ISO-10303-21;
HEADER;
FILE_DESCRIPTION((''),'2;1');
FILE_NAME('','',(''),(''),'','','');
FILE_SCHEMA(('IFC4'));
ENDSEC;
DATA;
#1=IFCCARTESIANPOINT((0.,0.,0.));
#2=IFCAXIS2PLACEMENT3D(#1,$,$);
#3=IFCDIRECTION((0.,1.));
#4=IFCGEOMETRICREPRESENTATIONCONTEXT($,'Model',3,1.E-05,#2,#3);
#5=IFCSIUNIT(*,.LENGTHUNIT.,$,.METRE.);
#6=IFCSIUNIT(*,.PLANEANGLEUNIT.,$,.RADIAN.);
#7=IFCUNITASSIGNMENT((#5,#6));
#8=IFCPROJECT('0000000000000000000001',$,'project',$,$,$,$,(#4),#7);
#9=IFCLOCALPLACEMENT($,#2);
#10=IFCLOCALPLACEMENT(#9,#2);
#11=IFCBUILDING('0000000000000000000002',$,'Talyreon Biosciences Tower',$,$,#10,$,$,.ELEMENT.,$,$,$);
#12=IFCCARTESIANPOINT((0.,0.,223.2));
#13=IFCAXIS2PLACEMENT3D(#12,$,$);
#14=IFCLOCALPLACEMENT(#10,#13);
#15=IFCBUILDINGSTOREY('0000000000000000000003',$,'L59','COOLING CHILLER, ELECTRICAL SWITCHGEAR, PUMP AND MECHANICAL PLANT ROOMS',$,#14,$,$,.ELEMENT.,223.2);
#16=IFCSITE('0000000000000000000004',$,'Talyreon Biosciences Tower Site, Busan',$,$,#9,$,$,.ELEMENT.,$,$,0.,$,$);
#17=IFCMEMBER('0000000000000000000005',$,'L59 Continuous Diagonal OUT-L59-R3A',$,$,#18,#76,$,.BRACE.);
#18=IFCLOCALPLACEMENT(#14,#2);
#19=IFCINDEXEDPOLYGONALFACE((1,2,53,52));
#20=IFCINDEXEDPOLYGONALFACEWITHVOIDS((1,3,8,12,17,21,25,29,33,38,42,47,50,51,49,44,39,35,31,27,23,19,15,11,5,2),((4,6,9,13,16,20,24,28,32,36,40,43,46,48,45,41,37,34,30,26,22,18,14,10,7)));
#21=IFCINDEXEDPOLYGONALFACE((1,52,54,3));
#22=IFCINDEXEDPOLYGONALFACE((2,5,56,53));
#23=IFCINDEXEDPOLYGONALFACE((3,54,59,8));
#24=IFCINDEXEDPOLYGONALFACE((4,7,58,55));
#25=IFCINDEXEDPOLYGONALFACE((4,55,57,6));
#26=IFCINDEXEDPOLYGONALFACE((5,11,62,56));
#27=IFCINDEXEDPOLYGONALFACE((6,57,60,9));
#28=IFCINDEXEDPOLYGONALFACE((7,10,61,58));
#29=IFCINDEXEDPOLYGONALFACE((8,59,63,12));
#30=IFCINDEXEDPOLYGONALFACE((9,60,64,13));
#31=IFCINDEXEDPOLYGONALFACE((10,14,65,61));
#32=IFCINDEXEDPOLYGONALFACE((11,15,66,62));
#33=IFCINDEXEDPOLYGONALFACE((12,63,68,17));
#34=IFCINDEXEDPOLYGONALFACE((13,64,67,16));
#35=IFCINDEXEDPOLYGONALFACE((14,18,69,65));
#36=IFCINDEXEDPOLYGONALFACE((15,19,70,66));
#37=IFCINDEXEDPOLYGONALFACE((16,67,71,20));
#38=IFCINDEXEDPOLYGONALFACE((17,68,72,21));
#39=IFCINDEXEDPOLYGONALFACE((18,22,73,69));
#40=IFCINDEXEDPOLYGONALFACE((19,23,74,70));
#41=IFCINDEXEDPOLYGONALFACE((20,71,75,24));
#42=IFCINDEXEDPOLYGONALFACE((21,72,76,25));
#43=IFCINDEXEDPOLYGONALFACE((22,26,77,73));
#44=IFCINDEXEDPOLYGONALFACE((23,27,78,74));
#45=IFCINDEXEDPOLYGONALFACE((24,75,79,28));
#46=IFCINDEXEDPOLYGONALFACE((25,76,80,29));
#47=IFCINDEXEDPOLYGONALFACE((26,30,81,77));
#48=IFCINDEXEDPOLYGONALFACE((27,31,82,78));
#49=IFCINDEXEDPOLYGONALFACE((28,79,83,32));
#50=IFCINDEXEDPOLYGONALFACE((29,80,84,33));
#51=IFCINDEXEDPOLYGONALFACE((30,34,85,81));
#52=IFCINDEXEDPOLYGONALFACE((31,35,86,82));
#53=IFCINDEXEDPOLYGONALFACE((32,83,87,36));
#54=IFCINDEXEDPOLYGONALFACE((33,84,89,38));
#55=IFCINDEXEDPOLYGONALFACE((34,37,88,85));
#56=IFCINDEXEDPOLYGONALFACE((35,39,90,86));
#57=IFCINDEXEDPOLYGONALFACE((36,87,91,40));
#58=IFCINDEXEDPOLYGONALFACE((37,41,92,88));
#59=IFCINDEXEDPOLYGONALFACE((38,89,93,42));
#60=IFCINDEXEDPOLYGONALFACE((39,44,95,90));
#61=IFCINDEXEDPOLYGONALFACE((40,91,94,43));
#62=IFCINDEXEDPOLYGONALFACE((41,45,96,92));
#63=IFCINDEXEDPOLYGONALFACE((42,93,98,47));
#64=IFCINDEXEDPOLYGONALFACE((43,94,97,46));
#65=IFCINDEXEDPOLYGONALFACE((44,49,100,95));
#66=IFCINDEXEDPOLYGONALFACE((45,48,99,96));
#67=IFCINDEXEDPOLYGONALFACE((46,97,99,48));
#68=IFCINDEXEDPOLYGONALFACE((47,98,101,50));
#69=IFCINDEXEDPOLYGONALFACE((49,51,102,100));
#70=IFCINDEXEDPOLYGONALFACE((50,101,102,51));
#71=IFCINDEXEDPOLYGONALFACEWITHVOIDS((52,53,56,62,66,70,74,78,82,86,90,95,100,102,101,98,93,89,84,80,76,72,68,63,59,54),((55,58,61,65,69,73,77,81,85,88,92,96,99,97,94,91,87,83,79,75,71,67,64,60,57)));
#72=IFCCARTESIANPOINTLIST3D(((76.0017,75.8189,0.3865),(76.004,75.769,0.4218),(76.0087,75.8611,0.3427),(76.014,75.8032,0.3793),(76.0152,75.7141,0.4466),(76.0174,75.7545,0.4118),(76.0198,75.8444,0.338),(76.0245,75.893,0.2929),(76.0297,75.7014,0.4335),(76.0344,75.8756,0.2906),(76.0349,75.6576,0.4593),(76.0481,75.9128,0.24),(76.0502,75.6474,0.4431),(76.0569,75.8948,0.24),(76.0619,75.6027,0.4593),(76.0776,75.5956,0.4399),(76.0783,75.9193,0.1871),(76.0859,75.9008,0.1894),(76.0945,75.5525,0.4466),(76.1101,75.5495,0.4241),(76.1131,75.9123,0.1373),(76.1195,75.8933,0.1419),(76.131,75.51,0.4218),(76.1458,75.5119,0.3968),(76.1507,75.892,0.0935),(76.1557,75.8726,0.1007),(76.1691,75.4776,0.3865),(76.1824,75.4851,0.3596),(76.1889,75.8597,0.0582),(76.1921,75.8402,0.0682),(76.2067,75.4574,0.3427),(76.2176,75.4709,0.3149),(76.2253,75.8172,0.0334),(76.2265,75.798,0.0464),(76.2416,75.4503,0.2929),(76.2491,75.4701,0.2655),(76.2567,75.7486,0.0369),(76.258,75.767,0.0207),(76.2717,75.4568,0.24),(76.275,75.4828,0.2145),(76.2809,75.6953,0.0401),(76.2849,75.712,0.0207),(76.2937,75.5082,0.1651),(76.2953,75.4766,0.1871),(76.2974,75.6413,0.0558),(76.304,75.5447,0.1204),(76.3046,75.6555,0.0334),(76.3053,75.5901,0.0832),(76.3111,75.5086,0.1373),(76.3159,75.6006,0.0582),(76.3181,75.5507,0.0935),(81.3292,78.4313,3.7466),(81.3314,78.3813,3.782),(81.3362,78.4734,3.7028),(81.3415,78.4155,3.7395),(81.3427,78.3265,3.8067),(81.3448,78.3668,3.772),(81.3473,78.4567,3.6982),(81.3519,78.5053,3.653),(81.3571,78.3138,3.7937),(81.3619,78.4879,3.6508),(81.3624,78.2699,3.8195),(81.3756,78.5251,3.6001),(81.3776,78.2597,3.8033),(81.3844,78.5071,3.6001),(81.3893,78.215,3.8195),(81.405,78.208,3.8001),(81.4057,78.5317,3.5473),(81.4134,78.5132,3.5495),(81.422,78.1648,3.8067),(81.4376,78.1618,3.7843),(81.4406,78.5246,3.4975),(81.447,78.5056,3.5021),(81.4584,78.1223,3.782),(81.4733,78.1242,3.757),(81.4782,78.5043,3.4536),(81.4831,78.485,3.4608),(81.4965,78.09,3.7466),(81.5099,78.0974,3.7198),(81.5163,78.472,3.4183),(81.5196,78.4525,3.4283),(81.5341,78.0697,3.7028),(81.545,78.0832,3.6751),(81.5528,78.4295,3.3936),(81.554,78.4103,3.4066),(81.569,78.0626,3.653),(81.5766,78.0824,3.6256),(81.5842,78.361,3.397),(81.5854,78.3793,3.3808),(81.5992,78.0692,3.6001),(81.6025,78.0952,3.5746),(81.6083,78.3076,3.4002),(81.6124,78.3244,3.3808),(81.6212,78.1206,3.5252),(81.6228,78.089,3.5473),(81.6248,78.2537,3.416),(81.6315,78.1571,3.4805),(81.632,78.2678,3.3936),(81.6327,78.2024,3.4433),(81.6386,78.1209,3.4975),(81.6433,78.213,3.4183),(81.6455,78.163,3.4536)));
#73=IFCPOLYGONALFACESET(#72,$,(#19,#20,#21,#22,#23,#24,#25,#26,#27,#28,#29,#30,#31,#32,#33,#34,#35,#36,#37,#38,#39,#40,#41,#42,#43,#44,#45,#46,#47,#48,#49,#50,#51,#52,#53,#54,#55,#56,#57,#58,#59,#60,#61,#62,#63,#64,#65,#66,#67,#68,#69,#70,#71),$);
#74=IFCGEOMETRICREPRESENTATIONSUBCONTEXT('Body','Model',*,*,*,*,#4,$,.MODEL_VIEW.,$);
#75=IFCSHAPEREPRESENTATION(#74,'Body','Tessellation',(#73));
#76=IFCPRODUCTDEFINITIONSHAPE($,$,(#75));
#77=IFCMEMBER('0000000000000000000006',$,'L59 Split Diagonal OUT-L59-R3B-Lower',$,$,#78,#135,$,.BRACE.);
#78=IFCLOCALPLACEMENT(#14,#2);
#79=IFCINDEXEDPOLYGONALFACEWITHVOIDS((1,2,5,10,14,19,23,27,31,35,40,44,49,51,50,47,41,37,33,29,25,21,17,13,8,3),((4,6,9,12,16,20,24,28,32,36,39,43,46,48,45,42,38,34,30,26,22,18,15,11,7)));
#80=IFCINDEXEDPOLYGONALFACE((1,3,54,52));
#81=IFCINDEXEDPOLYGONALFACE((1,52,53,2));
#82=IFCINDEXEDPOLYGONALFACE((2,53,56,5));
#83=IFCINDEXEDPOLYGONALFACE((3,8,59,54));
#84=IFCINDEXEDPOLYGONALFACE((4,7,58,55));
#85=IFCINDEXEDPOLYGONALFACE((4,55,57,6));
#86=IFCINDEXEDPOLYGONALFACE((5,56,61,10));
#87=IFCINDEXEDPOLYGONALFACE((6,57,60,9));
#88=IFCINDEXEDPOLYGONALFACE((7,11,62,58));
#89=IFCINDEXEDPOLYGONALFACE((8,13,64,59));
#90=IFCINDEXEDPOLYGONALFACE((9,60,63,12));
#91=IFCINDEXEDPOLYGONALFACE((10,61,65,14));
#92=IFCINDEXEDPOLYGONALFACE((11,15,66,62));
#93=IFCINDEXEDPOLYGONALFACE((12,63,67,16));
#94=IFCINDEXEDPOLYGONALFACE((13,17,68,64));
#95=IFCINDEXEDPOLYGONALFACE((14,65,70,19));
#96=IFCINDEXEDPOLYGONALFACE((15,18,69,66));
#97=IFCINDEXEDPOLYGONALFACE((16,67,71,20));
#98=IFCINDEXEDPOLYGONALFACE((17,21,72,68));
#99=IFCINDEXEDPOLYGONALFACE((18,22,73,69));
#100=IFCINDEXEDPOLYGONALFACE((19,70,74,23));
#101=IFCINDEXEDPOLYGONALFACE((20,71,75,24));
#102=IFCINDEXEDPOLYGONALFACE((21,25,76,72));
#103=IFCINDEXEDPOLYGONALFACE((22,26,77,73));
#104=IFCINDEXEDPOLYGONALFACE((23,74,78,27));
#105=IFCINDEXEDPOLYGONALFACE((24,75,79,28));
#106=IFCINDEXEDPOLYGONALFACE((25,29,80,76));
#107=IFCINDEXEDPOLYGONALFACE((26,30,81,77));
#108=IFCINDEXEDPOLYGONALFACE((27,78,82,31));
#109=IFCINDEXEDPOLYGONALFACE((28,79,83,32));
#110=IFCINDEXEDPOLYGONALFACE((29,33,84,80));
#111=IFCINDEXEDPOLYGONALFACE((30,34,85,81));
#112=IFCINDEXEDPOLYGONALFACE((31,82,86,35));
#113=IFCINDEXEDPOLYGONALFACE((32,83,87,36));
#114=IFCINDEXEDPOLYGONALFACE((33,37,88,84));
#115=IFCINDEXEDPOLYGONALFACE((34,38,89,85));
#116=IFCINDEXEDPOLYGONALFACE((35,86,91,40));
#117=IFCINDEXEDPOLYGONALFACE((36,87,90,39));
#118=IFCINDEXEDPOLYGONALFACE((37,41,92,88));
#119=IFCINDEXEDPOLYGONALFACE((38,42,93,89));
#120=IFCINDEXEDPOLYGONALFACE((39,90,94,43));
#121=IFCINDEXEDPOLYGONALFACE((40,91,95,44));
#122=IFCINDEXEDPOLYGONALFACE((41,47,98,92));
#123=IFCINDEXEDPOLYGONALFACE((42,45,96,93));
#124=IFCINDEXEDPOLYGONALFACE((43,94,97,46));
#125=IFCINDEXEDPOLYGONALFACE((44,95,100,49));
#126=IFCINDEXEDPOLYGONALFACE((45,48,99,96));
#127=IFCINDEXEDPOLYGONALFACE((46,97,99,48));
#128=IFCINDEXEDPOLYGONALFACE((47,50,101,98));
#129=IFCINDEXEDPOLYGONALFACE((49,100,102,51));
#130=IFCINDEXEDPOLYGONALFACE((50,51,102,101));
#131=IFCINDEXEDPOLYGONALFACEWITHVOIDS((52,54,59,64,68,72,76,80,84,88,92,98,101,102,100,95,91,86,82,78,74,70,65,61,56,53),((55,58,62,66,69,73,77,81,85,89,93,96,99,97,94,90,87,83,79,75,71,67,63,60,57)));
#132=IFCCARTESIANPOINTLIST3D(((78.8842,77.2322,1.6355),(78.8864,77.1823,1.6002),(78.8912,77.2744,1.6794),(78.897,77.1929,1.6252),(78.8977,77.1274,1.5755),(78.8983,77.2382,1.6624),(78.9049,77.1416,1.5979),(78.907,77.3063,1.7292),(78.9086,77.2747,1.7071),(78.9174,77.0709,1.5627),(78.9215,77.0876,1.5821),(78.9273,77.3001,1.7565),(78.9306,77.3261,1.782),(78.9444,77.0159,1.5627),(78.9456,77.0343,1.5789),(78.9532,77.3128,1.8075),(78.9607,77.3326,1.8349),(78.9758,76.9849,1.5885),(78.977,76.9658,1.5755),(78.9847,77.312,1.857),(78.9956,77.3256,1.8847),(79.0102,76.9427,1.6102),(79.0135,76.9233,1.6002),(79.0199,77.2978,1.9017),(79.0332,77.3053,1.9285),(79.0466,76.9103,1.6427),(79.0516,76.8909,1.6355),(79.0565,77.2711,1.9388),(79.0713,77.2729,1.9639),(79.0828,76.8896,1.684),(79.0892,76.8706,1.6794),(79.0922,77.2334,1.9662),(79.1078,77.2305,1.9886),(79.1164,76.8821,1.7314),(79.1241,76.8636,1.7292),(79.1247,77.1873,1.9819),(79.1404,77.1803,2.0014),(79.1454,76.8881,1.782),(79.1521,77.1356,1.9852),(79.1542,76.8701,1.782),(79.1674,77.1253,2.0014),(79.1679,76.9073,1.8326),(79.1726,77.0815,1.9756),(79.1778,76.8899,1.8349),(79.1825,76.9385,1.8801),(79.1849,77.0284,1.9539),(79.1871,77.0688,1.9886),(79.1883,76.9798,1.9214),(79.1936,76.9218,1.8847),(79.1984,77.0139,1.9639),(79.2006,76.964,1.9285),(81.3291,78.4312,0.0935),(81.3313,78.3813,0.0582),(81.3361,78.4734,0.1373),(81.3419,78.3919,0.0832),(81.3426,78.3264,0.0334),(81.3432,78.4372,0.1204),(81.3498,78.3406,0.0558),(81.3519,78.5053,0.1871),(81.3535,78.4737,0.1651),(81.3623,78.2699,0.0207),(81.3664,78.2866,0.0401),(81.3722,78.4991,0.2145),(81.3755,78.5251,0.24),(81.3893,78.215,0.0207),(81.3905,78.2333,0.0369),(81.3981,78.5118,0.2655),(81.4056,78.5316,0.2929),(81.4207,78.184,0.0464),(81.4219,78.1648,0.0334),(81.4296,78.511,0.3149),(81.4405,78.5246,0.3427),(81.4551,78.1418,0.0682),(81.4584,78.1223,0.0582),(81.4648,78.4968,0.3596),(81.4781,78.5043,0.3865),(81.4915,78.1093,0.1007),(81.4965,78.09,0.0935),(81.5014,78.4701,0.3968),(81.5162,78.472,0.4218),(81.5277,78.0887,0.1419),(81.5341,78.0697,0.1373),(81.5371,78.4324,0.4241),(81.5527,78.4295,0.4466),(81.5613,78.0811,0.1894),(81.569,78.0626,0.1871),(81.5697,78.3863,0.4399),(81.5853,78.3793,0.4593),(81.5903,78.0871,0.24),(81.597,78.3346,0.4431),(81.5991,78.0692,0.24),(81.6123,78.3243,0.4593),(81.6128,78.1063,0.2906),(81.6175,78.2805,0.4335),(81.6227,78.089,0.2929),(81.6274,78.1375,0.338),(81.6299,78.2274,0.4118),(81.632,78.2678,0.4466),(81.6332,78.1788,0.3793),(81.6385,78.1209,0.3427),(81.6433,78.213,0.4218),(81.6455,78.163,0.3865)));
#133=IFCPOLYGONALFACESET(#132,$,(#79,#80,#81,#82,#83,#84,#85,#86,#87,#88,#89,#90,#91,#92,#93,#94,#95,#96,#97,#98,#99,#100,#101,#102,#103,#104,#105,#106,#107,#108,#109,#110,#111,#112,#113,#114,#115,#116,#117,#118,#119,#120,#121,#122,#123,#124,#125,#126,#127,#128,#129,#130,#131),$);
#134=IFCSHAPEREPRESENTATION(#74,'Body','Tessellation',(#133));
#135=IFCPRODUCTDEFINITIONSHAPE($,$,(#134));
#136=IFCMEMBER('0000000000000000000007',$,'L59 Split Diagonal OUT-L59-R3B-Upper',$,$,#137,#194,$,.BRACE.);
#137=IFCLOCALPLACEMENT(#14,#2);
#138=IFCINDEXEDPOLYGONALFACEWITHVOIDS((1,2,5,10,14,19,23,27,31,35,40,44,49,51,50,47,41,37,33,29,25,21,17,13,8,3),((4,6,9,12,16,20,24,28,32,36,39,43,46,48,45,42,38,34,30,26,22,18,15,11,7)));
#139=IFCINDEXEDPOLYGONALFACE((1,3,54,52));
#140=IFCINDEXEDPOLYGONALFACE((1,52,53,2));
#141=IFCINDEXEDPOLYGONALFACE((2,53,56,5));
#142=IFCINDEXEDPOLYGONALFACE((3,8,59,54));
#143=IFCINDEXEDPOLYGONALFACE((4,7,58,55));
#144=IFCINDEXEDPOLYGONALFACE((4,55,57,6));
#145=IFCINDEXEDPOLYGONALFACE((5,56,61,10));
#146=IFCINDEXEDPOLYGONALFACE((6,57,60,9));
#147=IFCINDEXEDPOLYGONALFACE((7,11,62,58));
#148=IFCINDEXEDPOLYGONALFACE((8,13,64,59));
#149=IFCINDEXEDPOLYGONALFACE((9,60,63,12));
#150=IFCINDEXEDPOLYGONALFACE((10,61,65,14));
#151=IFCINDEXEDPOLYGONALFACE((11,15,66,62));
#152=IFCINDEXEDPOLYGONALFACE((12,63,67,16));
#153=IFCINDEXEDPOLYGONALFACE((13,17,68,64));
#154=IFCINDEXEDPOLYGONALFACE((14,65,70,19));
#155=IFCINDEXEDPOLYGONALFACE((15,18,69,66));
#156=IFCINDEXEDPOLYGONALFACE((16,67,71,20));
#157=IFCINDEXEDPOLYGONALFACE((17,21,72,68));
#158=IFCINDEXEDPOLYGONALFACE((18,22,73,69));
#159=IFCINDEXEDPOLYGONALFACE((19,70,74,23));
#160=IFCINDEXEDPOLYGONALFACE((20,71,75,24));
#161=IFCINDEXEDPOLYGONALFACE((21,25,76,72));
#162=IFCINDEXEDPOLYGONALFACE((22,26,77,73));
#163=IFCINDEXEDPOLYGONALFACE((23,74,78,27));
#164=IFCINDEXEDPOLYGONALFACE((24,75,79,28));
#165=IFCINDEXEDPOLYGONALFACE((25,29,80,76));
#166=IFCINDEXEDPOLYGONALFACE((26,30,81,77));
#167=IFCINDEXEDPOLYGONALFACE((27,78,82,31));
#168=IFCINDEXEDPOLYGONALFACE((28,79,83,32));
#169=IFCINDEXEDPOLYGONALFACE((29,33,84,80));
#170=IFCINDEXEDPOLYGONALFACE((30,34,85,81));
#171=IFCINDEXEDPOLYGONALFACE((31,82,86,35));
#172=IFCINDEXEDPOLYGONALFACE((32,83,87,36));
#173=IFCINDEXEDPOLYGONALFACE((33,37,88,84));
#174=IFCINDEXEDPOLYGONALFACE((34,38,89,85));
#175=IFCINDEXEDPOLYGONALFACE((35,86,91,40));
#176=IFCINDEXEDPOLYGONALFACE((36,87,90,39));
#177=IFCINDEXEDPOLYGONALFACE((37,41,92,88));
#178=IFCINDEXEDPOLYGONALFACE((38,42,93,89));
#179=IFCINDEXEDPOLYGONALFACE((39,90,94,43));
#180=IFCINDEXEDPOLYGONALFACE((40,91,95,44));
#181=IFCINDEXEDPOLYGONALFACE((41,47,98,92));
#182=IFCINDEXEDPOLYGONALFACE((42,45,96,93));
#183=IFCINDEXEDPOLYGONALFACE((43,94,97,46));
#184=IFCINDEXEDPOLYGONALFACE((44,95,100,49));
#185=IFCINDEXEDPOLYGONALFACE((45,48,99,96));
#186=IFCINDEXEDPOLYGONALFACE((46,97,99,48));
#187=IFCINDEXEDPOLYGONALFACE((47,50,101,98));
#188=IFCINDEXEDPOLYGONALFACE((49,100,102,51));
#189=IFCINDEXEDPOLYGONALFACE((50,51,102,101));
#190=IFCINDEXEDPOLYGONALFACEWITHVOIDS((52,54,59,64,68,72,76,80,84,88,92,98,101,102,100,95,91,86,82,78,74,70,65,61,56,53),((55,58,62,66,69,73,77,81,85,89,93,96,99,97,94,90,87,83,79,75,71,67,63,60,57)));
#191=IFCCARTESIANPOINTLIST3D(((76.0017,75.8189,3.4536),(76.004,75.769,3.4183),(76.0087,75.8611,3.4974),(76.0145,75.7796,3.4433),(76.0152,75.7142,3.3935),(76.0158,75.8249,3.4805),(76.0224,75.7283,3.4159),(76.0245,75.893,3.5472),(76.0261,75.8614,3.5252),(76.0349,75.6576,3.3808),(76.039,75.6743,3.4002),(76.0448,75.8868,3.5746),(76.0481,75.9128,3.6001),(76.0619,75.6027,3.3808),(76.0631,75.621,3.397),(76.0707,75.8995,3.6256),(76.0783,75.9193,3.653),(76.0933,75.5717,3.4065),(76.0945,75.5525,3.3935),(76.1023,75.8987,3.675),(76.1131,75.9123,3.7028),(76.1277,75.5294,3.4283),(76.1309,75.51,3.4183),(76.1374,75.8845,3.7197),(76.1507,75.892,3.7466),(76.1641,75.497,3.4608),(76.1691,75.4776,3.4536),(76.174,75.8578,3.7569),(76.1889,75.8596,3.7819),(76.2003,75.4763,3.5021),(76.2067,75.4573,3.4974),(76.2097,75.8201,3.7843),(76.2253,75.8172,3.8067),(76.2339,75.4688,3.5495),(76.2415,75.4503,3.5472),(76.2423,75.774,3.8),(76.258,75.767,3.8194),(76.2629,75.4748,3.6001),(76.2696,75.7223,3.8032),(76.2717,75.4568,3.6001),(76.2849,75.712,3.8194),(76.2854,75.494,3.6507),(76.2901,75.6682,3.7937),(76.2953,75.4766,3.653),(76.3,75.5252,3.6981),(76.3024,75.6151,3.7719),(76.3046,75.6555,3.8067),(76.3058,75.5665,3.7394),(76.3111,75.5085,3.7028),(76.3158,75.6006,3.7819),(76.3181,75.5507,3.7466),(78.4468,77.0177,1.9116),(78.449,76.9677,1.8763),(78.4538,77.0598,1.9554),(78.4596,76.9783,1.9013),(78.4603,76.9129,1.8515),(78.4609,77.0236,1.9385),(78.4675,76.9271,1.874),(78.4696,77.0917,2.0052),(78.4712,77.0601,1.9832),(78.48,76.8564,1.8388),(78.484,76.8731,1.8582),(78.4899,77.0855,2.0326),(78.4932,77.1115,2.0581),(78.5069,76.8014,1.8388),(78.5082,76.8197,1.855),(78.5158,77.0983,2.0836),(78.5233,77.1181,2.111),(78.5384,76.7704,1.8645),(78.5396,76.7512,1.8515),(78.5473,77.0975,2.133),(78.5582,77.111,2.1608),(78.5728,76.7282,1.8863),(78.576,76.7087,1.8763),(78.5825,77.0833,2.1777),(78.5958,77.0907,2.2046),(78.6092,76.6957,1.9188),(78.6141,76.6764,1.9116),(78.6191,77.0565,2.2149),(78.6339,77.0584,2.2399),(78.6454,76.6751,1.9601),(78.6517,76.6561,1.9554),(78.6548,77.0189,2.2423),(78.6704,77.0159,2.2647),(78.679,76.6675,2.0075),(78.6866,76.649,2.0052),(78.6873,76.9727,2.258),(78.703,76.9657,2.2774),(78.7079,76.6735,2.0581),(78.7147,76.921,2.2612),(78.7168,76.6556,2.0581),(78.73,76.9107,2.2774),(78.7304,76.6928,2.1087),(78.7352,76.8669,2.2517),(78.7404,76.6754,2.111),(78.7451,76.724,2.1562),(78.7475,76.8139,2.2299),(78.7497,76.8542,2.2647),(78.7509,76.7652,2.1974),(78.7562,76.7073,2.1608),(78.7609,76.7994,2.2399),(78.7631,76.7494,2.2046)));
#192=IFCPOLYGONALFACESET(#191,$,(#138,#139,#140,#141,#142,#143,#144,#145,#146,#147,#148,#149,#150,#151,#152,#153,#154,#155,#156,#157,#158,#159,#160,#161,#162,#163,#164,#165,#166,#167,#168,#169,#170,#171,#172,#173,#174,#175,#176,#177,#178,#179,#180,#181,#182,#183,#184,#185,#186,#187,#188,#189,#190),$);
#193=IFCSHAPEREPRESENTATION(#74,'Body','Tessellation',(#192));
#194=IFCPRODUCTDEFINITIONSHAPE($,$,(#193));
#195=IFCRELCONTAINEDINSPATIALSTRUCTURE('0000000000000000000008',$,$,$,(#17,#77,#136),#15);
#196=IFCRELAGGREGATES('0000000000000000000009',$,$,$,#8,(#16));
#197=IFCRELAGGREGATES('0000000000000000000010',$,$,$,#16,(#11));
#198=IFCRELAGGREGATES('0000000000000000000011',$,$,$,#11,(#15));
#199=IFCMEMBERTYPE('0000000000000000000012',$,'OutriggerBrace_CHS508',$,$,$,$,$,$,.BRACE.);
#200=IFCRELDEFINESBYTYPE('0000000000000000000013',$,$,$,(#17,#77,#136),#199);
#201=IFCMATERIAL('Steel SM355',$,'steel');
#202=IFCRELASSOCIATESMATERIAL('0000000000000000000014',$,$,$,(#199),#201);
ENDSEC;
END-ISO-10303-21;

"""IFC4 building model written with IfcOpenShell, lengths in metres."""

from ifc_helpers import new_model, si_unit, direction, frame, origin, origin_2d, place, context, subcontext, project, spatial, hollow_circle, extrude, material, material_profile, profile_set, type_object, element, save


model = new_model("IFC4")

# Units and contexts
model_context = context("Model", 3, precision=1e-05, world=origin(), true_north=direction((0.0, 1.0)))
body_context = subcontext(model_context, "Body", "Model", "MODEL_VIEW")
ifc_project = project(units=[si_unit("LENGTHUNIT", "METRE"), si_unit("PLANEANGLEUNIT", "RADIAN")], contexts=[model_context])

# Site, building, storey
site_placement = place(None, origin())
site = spatial("IfcSite", under=ifc_project, at=site_placement, Name="Talyreon Biosciences Tower Site, Busan", CompositionType="ELEMENT", RefElevation=0.0)
building_placement = place(site_placement, origin())
building = spatial("IfcBuilding", under=site, at=building_placement, Name="Talyreon Biosciences Tower", CompositionType="ELEMENT")
storey_placement = place(building_placement, frame((0.0, 0.0, 223.2)))
storey = spatial("IfcBuildingStorey", under=building, at=storey_placement, Name="L59", Description="COOLING CHILLER, ELECTRICAL SWITCHGEAR, PUMP AND MECHANICAL PLANT ROOMS", CompositionType="ELEMENT", Elevation=223.2)

# Shared definitions
ifc_material_1 = material(Name="Steel SM355", Category="steel")

# Members
ifc_material_profile_1 = material_profile(ifc_material_1, hollow_circle(Radius=0.2539, WallThickness=0.02, at=origin_2d()), Name="CHS 508x20")
ifc_profile_set_1 = profile_set([ifc_material_profile_1], Name="Steel SM355")
member_type_1 = type_object("IfcMemberType", Name="OutriggerBrace_CHS508", PredefinedType="BRACE", material=ifc_profile_set_1)
member_1_placement = place(storey_placement, frame((76.1599, 75.6848, 0.24), z_axis=(0.781284, 0.383105, 0.492774), x_axis=(-0.440271, 0.897865, 0.0)))
element("IfcMember", 1, at=member_1_placement, inside=storey, type_object=member_type_1, Name="L59 Continuous Diagonal OUT-L59-R3A", PredefinedType="BRACE", context=body_context, shape_type="SweptSolid", body=[
    extrude(hollow_circle(Radius=0.2539, WallThickness=0.02, at=origin_2d()), origin(), (0.0, 0.0, 1.0), 6.8188),
])
for number, where, z_axis, x_axis, name in (
    (2, (81.4873, 78.2971, 0.24), (-0.781272, -0.383146, 0.492761), (0.440315, -0.897844, 0.0), "L59 Split Diagonal OUT-L59-R3B-Lower"),
    (3, (78.605, 76.8835, 2.0581), (-0.781325, -0.383056, 0.492746), (0.440207, -0.897896, 0.0), "L59 Split Diagonal OUT-L59-R3B-Upper"),
):
    element("IfcMember", number, at=place(storey_placement, frame(where, z_axis=z_axis, x_axis=x_axis)), inside=storey, type_object=member_type_1, Name=name, PredefinedType="BRACE", context=body_context, shape_type="SweptSolid", body=[
        extrude(hollow_circle(Radius=0.2539, WallThickness=0.02, at=origin_2d()), origin(), (0.0, 0.0, 1.0), 3.1294),
    ])

save(model, "model.ifc")
